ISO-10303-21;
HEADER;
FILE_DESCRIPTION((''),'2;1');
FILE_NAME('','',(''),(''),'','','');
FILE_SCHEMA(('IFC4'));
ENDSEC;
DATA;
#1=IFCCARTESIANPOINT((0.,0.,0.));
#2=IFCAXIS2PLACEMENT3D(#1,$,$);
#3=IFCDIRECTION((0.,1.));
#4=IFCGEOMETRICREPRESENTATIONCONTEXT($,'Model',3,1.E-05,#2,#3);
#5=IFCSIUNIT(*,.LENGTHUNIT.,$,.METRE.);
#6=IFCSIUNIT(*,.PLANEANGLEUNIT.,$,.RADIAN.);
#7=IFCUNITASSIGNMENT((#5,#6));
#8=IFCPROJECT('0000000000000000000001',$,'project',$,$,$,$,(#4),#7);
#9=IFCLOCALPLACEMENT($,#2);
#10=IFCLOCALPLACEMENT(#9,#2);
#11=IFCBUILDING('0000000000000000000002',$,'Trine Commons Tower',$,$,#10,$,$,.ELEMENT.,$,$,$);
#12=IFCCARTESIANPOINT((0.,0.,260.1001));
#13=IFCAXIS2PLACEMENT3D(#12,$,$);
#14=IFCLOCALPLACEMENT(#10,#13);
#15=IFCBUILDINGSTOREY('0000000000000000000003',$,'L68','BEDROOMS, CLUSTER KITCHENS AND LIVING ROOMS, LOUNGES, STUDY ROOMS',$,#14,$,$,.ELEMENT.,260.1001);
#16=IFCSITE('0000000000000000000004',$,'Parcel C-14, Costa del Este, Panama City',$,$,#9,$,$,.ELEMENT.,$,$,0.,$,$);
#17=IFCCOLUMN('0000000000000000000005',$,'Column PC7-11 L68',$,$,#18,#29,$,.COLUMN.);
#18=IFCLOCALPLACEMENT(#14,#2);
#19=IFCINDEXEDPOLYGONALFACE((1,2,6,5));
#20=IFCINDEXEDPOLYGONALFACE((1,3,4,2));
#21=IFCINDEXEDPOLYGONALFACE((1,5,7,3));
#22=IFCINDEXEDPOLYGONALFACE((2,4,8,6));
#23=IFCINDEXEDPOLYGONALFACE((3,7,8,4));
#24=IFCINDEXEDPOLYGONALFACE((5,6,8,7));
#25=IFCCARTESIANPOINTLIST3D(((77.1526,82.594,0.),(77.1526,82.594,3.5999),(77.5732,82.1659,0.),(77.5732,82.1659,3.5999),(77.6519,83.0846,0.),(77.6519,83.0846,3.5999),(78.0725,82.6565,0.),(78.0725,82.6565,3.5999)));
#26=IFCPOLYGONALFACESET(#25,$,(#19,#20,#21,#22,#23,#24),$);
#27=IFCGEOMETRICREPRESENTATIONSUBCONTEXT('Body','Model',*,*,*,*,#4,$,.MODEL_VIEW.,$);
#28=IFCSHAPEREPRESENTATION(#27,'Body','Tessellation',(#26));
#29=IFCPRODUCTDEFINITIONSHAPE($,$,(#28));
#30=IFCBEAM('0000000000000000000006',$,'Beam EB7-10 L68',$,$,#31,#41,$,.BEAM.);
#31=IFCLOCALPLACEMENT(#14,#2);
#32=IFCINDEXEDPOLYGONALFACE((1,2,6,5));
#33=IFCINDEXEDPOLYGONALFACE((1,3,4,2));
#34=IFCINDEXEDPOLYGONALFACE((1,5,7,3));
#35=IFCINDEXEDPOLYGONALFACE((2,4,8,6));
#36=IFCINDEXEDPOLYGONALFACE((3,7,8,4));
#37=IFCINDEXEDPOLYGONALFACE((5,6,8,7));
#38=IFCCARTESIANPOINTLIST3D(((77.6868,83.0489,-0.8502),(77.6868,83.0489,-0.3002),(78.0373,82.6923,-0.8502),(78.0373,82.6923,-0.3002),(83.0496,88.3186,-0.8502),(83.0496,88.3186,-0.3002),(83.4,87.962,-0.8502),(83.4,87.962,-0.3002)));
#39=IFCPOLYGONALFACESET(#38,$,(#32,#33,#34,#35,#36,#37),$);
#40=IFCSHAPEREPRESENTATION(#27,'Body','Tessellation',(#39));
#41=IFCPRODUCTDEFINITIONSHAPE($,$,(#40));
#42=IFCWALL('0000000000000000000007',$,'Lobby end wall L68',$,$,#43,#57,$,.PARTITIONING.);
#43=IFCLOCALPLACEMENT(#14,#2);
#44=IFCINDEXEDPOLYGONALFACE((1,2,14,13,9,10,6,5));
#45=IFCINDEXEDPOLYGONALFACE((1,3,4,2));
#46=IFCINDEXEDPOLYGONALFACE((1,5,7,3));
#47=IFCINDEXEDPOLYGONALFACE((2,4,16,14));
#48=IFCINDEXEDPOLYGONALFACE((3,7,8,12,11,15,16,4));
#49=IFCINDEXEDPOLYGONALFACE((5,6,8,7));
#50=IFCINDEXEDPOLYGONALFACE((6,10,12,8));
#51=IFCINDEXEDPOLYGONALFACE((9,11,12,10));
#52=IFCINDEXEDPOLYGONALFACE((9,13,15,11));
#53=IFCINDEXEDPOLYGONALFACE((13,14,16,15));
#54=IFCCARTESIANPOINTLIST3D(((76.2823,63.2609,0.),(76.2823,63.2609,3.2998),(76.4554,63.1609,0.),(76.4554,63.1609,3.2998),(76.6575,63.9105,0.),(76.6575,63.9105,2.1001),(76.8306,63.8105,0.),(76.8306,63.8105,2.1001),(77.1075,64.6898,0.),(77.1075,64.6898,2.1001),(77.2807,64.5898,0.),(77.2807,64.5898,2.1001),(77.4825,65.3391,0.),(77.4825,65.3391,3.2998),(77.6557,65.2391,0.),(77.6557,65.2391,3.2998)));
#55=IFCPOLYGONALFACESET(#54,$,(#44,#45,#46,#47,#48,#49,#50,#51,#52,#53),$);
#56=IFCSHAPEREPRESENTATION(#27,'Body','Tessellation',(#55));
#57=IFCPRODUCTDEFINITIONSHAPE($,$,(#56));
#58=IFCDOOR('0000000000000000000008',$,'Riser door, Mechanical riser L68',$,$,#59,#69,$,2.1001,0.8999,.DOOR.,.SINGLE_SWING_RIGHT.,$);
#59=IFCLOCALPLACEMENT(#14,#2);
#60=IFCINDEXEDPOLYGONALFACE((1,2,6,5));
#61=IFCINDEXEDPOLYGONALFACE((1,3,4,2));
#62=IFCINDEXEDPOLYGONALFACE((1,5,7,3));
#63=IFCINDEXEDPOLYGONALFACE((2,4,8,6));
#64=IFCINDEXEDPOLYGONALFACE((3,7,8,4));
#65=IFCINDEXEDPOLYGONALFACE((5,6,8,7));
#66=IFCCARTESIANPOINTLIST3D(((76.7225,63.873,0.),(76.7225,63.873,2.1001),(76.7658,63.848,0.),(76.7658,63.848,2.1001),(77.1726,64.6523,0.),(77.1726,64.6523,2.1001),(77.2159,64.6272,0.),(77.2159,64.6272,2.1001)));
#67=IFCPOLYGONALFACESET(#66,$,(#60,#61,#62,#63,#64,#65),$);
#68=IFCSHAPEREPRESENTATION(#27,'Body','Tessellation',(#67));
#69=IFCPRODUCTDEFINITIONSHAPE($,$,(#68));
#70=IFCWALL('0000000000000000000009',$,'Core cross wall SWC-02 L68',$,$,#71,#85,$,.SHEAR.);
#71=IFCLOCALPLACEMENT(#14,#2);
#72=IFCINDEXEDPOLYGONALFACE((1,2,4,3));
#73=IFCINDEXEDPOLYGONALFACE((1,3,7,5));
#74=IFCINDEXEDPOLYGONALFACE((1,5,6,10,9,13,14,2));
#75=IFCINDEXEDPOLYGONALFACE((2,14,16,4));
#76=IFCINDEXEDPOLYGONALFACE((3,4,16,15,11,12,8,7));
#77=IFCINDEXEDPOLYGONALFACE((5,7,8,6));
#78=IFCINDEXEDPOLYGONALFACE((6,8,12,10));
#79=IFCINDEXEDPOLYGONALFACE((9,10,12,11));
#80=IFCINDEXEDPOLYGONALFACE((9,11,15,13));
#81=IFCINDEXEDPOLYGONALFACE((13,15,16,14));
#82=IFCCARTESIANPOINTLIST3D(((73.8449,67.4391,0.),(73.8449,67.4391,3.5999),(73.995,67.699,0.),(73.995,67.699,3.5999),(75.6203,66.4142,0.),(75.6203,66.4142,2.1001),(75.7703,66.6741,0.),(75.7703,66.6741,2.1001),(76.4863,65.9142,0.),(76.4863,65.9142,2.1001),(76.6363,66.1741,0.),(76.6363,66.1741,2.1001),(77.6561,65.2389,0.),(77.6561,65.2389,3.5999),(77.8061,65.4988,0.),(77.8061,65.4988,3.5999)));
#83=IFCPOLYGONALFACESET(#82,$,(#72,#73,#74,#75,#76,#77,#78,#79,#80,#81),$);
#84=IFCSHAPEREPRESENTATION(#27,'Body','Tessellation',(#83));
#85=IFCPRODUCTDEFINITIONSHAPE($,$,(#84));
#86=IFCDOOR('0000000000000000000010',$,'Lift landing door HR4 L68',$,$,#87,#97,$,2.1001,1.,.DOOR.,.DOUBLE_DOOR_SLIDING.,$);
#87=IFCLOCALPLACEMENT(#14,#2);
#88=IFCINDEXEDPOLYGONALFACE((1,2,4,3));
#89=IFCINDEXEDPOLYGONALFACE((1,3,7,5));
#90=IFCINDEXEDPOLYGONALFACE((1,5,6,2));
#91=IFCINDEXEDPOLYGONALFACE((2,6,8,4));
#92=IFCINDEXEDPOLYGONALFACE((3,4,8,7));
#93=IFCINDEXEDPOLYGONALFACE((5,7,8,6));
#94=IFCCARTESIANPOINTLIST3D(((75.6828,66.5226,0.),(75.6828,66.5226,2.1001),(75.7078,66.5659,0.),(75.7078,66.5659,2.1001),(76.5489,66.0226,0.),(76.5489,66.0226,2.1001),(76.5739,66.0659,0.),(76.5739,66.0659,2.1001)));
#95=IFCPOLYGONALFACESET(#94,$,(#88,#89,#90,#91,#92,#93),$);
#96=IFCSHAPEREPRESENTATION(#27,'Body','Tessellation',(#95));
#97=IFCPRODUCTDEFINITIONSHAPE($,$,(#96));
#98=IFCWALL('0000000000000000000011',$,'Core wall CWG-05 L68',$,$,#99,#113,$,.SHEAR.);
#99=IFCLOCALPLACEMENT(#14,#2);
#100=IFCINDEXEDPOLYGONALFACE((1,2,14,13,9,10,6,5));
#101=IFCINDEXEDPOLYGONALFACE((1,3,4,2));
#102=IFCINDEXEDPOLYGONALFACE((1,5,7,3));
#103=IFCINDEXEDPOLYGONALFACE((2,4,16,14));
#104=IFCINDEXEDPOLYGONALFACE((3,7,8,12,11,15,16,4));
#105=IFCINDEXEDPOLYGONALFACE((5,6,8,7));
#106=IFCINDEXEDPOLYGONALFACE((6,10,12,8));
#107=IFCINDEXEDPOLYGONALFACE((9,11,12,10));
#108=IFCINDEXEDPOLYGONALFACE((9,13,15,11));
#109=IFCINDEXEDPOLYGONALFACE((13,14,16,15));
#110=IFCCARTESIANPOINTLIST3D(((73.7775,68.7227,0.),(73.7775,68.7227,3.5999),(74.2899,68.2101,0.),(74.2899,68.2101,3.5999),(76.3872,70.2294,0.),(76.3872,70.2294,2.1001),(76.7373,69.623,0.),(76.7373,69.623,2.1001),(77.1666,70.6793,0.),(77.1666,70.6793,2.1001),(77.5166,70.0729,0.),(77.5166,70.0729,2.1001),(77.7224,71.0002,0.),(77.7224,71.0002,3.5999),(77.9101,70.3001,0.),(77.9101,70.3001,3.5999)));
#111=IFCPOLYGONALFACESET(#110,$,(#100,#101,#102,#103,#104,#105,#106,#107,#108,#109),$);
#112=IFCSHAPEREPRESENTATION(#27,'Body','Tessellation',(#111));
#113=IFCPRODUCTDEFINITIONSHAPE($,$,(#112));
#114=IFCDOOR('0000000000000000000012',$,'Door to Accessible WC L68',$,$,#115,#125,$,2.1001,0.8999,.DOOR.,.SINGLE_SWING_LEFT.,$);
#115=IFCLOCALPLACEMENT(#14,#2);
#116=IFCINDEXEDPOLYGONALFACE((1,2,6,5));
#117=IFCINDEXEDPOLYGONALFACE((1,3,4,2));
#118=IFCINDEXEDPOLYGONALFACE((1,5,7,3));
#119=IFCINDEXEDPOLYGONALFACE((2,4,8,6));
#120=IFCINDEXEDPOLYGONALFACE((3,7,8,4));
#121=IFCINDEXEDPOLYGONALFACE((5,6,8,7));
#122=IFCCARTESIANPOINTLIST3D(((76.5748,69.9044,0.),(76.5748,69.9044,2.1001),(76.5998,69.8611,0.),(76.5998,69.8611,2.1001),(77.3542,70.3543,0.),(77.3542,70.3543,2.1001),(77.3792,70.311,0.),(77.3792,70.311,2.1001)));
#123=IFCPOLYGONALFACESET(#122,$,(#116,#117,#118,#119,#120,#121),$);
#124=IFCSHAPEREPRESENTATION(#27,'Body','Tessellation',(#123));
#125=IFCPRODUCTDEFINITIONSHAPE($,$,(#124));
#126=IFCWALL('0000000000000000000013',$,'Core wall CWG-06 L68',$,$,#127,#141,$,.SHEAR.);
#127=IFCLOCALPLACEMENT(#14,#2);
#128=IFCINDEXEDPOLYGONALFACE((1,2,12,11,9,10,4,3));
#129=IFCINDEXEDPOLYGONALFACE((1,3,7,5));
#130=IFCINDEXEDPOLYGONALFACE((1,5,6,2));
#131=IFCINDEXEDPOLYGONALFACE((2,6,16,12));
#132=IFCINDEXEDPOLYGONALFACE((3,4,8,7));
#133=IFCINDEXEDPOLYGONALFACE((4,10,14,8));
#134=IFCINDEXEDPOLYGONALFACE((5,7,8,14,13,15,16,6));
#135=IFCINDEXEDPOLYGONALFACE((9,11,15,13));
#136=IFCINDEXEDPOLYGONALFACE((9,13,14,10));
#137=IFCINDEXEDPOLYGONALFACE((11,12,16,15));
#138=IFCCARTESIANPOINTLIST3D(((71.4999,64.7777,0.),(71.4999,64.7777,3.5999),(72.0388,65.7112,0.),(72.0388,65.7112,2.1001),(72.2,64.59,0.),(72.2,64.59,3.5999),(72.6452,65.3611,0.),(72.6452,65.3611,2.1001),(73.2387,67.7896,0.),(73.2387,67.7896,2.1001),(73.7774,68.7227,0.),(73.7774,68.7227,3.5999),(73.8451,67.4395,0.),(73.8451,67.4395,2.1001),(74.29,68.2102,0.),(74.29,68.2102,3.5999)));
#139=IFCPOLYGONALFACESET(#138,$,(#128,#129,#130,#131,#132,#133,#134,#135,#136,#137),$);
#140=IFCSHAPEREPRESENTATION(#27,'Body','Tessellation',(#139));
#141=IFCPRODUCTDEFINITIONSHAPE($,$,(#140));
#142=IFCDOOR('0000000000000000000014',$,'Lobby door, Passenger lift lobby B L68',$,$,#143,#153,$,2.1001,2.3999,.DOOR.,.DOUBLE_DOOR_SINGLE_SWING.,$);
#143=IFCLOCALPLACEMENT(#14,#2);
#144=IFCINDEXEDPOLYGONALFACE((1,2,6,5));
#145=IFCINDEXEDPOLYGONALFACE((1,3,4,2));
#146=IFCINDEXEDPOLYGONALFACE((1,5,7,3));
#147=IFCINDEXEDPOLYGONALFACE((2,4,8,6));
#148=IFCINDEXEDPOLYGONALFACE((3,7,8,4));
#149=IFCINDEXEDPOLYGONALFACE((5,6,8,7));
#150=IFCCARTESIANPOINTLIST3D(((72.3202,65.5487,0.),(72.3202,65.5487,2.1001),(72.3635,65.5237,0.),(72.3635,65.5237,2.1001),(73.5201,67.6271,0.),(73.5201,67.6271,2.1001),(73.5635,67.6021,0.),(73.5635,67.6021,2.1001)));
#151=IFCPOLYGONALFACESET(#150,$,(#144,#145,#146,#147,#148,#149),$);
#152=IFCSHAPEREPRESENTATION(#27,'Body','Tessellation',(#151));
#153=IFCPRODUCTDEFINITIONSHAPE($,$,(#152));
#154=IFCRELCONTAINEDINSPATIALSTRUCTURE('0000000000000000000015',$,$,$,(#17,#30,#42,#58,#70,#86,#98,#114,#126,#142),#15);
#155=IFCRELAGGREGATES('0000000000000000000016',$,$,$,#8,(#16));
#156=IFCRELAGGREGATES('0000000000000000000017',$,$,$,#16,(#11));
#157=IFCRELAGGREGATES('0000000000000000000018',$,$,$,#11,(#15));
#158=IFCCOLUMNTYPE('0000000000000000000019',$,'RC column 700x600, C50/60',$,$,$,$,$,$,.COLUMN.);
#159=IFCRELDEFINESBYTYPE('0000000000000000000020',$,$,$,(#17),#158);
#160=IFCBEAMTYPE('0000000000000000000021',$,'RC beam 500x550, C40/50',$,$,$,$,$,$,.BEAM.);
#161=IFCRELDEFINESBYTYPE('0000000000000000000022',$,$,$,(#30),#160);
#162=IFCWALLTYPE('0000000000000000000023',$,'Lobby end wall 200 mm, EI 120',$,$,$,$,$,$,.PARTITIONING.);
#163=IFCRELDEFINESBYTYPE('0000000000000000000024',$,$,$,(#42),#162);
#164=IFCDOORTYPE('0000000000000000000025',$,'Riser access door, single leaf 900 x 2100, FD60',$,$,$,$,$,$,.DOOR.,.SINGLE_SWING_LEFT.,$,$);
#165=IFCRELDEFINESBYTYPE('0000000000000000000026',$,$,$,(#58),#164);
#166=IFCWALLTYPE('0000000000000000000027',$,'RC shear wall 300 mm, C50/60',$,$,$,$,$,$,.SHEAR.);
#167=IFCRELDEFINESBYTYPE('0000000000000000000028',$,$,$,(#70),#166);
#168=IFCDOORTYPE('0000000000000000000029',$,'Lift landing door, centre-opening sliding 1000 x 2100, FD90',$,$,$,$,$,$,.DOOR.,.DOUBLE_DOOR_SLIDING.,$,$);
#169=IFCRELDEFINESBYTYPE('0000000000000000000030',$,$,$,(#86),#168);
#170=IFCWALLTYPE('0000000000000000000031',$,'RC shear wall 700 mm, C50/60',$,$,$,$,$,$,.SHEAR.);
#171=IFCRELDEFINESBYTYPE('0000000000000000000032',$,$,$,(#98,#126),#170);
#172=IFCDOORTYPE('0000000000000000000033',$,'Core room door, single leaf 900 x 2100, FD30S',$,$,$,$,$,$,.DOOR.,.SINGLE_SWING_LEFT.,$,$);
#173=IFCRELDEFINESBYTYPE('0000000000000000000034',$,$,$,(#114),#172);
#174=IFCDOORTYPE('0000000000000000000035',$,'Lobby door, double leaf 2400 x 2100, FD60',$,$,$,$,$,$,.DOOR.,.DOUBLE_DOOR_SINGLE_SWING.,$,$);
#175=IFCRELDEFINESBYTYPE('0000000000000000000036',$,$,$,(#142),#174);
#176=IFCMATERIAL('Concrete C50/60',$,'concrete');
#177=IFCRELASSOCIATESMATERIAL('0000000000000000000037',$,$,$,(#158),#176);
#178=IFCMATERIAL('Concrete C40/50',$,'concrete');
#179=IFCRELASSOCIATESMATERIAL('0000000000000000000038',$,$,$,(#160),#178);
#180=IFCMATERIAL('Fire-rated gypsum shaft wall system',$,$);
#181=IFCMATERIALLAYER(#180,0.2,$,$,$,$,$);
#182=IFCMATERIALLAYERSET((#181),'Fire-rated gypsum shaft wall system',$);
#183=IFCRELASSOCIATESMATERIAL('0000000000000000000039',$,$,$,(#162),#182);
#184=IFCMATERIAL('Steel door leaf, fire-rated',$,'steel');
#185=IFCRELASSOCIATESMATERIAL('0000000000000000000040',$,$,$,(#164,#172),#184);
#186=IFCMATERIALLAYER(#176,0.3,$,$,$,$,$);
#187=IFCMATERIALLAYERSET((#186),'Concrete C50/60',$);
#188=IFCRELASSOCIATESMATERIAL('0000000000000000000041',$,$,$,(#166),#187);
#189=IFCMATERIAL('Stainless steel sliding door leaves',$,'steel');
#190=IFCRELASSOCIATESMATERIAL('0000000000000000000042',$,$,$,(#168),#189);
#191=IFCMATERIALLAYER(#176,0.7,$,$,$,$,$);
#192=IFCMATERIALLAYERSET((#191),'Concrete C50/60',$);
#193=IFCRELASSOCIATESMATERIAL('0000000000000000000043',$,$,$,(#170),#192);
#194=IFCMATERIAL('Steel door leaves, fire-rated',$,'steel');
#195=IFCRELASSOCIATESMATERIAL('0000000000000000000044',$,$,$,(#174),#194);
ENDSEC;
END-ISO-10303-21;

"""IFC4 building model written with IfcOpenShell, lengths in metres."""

from ifc_helpers import new_model, si_unit, direction, frame, frame_2d, origin, origin_2d, place, context, subcontext, project, spatial, polyline, rectangle, outline, extrude, material, layer, layer_set, material_profile, profile_set, type_object, element, fill, save


model = new_model("IFC4")

# Units and contexts
model_context = context("Model", 3, precision=1e-05, world=origin(), true_north=direction((0.0, 1.0)))
body_context = subcontext(model_context, "Body", "Model", "MODEL_VIEW")
ifc_project = project(units=[si_unit("LENGTHUNIT", "METRE"), si_unit("PLANEANGLEUNIT", "RADIAN")], contexts=[model_context])

# Site, building, storey
site_placement = place(None, origin())
site = spatial("IfcSite", under=ifc_project, at=site_placement, Name="Parcel C-14, Costa del Este, Panama City", CompositionType="ELEMENT", RefElevation=0.0)
building_placement = place(site_placement, origin())
building = spatial("IfcBuilding", under=site, at=building_placement, Name="Trine Commons Tower", CompositionType="ELEMENT")
storey_placement = place(building_placement, frame((0.0, 0.0, 260.1001)))
storey = spatial("IfcBuildingStorey", under=building, at=storey_placement, Name="L68", Description="BEDROOMS, CLUSTER KITCHENS AND LIVING ROOMS, LOUNGES, STUDY ROOMS", CompositionType="ELEMENT", Elevation=260.1001)

# Column
ifc_material_1 = material(Name="Concrete C50/60", Category="concrete")
ifc_material_profile_1 = material_profile(ifc_material_1, rectangle(XDim=0.7, YDim=0.6001, at=origin_2d()), Name="RC 700x600")
ifc_profile_set_1 = profile_set([ifc_material_profile_1], Name="Concrete C50/60")
column_type = type_object("IfcColumnType", Name="RC column 700x600, C50/60", PredefinedType="COLUMN", material=ifc_profile_set_1)
column_placement = place(storey_placement, frame((77.6125, 82.6252, 0.0), z_axis=(0.0, 0.0, 1.0), x_axis=(0.71325, 0.700909, 0.0)))
element("IfcColumn", 1, at=column_placement, inside=storey, type_object=column_type, Name="Column PC7-11 L68", PredefinedType="COLUMN", context=body_context, shape_type="SweptSolid", body=[
    extrude(rectangle(XDim=0.7, YDim=0.6001, at=origin_2d()), origin(), (0.0, 0.0, 1.0), 3.5999),
])

# Beam
ifc_material_2 = material(Name="Concrete C40/50", Category="concrete")
ifc_material_profile_2 = material_profile(ifc_material_2, rectangle(XDim=0.5, YDim=0.55, at=origin_2d()), Name="RC 500x550")
ifc_profile_set_2 = profile_set([ifc_material_profile_2], Name="Concrete C40/50")
beam_type = type_object("IfcBeamType", Name="RC beam 500x550, C40/50", PredefinedType="BEAM", material=ifc_profile_set_2)
beam_placement = place(storey_placement, frame((77.8621, 82.8706, -0.5752), z_axis=(0.713266, 0.700894, 0.0), x_axis=(-0.700894, 0.713266, 0.0)))
element("IfcBeam", 2, at=beam_placement, inside=storey, type_object=beam_type, Name="Beam EB7-10 L68", PredefinedType="BEAM", context=body_context, shape_type="SweptSolid", body=[
    extrude(rectangle(XDim=0.5, YDim=0.55, at=origin_2d()), origin(), (0.0, 0.0, 1.0), 7.5186),
])

# Walls, openings, doors
ifc_material_3 = material(Name="Fire-rated gypsum shaft wall system")
ifc_layer_1 = layer(ifc_material_3, 0.2)
ifc_layer_set_1 = layer_set([ifc_layer_1], Name="Fire-rated gypsum shaft wall system")
wall_type_1 = type_object("IfcWallType", Name="Lobby end wall 200 mm, EI 120", PredefinedType="PARTITIONING", material=ifc_layer_set_1)
wall_1_placement = place(storey_placement, frame((77.5691, 65.2891, 0.0), z_axis=(0.0, 0.0, 1.0), x_axis=(-0.500122, -0.865955, 0.0)))
wall_1 = element("IfcWall", 3, at=wall_1_placement, inside=storey, type_object=wall_type_1, Name="Lobby end wall L68", PredefinedType="PARTITIONING", context=body_context, shape_type="SweptSolid", body=[
    extrude(rectangle(XDim=2.3999, YDim=0.2, at=frame_2d((1.2, 0.0))), origin(), (0.0, 0.0, 1.0), 3.2998),
])
opening_1_placement = place(wall_1_placement, frame((0.7498, 0.0, 0.0)))
opening_1 = element("IfcOpeningElement", 4, at=opening_1_placement, cuts=wall_1, PredefinedType="OPENING", context=body_context, shape_type="SweptSolid", body=[
    extrude(rectangle(XDim=0.8999, YDim=2.1001, at=frame_2d((0.45, 1.05))), frame((0.0, 0.1099, 0.0), z_axis=(0.0, -1.0, 0.0), x_axis=(1.0, 0.0, 0.0)), (0.0, 0.0, 1.0), 0.22),
])
ifc_material_4 = material(Name="Steel door leaf, fire-rated", Category="steel")
door_type_1 = type_object("IfcDoorType", Name="Riser access door, single leaf 900 x 2100, FD60", OperationType="SINGLE_SWING_LEFT", PredefinedType="DOOR", material=ifc_material_4)
door_1_placement = place(opening_1_placement, frame((0.8999, 0.0, 0.0), z_axis=(0.0, 0.0, 1.0), x_axis=(-1.0, 0.0, 0.0)))
door_1 = element("IfcDoor", 5, at=door_1_placement, inside=storey, type_object=door_type_1, Name="Riser door, Mechanical riser L68", OperationType="SINGLE_SWING_RIGHT", OverallHeight=2.1001, OverallWidth=0.8999, PredefinedType="DOOR", context=body_context, shape_type="SweptSolid", body=[
    extrude(rectangle(XDim=0.8999, YDim=2.1001, at=frame_2d((0.45, 1.05))), frame((0.0, 0.0249, 0.0), z_axis=(0.0, -1.0, 0.0), x_axis=(1.0, 0.0, 0.0)), (0.0, 0.0, 1.0), 0.05),
])
fill(opening_1, door_1)
ifc_layer_2 = layer(ifc_material_1, 0.3)
ifc_layer_set_2 = layer_set([ifc_layer_2], Name="Concrete C50/60")
wall_type_2 = type_object("IfcWallType", Name="RC shear wall 300 mm, C50/60", PredefinedType="SHEAR", material=ifc_layer_set_2)
wall_2_placement = place(storey_placement, frame((77.731, 65.3689, 0.0), z_axis=(0.0, 0.0, 1.0), x_axis=(-0.866036, 0.499982, 0.0)))
wall_2 = element("IfcWall", 6, at=wall_2_placement, inside=storey, type_object=wall_type_2, Name="Core cross wall SWC-02 L68", PredefinedType="SHEAR", context=body_context, shape_type="SweptSolid", body=[
    extrude(rectangle(XDim=4.4006, YDim=0.3, at=frame_2d((2.2002, 0.0))), origin(), (0.0, 0.0, 1.0), 3.5999),
])
opening_2_placement = place(wall_2_placement, frame((1.3506, 0.0, 0.0)))
opening_2 = element("IfcOpeningElement", 7, at=opening_2_placement, cuts=wall_2, PredefinedType="OPENING", context=body_context, shape_type="SweptSolid", body=[
    extrude(rectangle(XDim=1.0, YDim=2.1001, at=frame_2d((0.5, 1.05))), frame((0.0, 0.1599, 0.0), z_axis=(0.0, -1.0, 0.0), x_axis=(1.0, 0.0, 0.0)), (0.0, 0.0, 1.0), 0.3201),
])
ifc_material_5 = material(Name="Stainless steel sliding door leaves", Category="steel")
door_type_2 = type_object("IfcDoorType", Name="Lift landing door, centre-opening sliding 1000 x 2100, FD90", OperationType="DOUBLE_DOOR_SLIDING", PredefinedType="DOOR", material=ifc_material_5)
door_2_placement = place(opening_2_placement, origin())
door_2 = element("IfcDoor", 8, at=door_2_placement, inside=storey, type_object=door_type_2, Name="Lift landing door HR4 L68", OperationType="DOUBLE_DOOR_SLIDING", OverallHeight=2.1001, OverallWidth=1.0, PredefinedType="DOOR", context=body_context, shape_type="SweptSolid", body=[
    extrude(rectangle(XDim=1.0, YDim=2.1001, at=frame_2d((0.5, 1.05))), frame((0.0, 0.0249, 0.0), z_axis=(0.0, -1.0, 0.0), x_axis=(1.0, 0.0, 0.0)), (0.0, 0.0, 1.0), 0.05),
])
fill(opening_2, door_2)
ifc_layer_3 = layer(ifc_material_1, 0.7)
ifc_layer_set_3 = layer_set([ifc_layer_3], Name="Concrete C50/60")
wall_type_3 = type_object("IfcWallType", Name="RC shear wall 700 mm, C50/60", PredefinedType="SHEAR", material=ifc_layer_set_3)
wall_3_placement = place(storey_placement, frame((77.8975, 70.697, 0.0), z_axis=(0.0, 0.0, 1.0), x_axis=(-0.866035, -0.499984, 0.0)))
wall_3 = element("IfcWall", 9, at=wall_3_placement, inside=storey, type_object=wall_type_3, Name="Core wall CWG-05 L68", PredefinedType="SHEAR", context=body_context, shape_type="SweptSolid", body=[
    extrude(outline(polyline([(0.0, -0.3501), (4.5552, -0.3501), (4.3677, 0.3501), (0.1875, 0.3501), (0.0, -0.3501)])), origin(), (0.0, 0.0, 1.0), 3.5999),
])
opening_3_placement = place(wall_3_placement, frame((0.6418, 0.0, 0.0)))
opening_3 = element("IfcOpeningElement", 10, at=opening_3_placement, cuts=wall_3, PredefinedType="OPENING", context=body_context, shape_type="SweptSolid", body=[
    extrude(rectangle(XDim=0.8999, YDim=2.1001, at=frame_2d((0.45, 1.05))), frame((0.0, 0.3599, 0.0), z_axis=(0.0, -1.0, 0.0), x_axis=(1.0, 0.0, 0.0)), (0.0, 0.0, 1.0), 0.72),
])
door_type_3 = type_object("IfcDoorType", Name="Core room door, single leaf 900 x 2100, FD30S", OperationType="SINGLE_SWING_LEFT", PredefinedType="DOOR", material=ifc_material_4)
door_3_placement = place(opening_3_placement, origin())
door_3 = element("IfcDoor", 11, at=door_3_placement, inside=storey, type_object=door_type_3, Name="Door to Accessible WC L68", OperationType="SINGLE_SWING_LEFT", OverallHeight=2.1001, OverallWidth=0.8999, PredefinedType="DOOR", context=body_context, shape_type="SweptSolid", body=[
    extrude(rectangle(XDim=0.8999, YDim=2.1001, at=frame_2d((0.45, 1.05))), frame((0.0, 0.0752, 0.0), z_axis=(0.0, -1.0, 0.0), x_axis=(1.0, 0.0, 0.0)), (0.0, 0.0, 1.0), 0.05),
])
fill(opening_3, door_3)
wall_4_placement = place(storey_placement, frame((74.0806, 68.5476, 0.0), z_axis=(0.0, 0.0, 1.0), x_axis=(-0.499984, -0.866035, 0.0)))
wall_4 = element("IfcWall", 12, at=wall_4_placement, inside=storey, type_object=wall_type_3, Name="Core wall CWG-06 L68", PredefinedType="SHEAR", context=body_context, shape_type="SweptSolid", body=[
    extrude(outline(polyline([(0.0, -0.3501), (4.5552, -0.3501), (4.3677, 0.3501), (0.1875, 0.3501), (0.0, -0.3501)])), origin(), (0.0, 0.0, 1.0), 3.5999),
])
opening_4_placement = place(wall_4_placement, frame((1.0774, 0.0, 0.0)))
opening_4 = element("IfcOpeningElement", 13, at=opening_4_placement, cuts=wall_4, PredefinedType="OPENING", context=body_context, shape_type="SweptSolid", body=[
    extrude(rectangle(XDim=2.3999, YDim=2.1001, at=frame_2d((1.2, 1.05))), frame((0.0, 0.3599, 0.0), z_axis=(0.0, -1.0, 0.0), x_axis=(1.0, 0.0, 0.0)), (0.0, 0.0, 1.0), 0.72),
])
ifc_material_6 = material(Name="Steel door leaves, fire-rated", Category="steel")
door_type_4 = type_object("IfcDoorType", Name="Lobby door, double leaf 2400 x 2100, FD60", OperationType="DOUBLE_DOOR_SINGLE_SWING", PredefinedType="DOOR", material=ifc_material_6)
door_4_placement = place(opening_4_placement, origin())
door_4 = element("IfcDoor", 14, at=door_4_placement, inside=storey, type_object=door_type_4, Name="Lobby door, Passenger lift lobby B L68", OperationType="DOUBLE_DOOR_SINGLE_SWING", OverallHeight=2.1001, OverallWidth=2.3999, PredefinedType="DOOR", context=body_context, shape_type="SweptSolid", body=[
    extrude(rectangle(XDim=2.3999, YDim=2.1001, at=frame_2d((1.2, 1.05))), frame((0.0, 0.0249, 0.0), z_axis=(0.0, -1.0, 0.0), x_axis=(1.0, 0.0, 0.0)), (0.0, 0.0, 1.0), 0.05),
])
fill(opening_4, door_4)

save(model, "model.ifc")
